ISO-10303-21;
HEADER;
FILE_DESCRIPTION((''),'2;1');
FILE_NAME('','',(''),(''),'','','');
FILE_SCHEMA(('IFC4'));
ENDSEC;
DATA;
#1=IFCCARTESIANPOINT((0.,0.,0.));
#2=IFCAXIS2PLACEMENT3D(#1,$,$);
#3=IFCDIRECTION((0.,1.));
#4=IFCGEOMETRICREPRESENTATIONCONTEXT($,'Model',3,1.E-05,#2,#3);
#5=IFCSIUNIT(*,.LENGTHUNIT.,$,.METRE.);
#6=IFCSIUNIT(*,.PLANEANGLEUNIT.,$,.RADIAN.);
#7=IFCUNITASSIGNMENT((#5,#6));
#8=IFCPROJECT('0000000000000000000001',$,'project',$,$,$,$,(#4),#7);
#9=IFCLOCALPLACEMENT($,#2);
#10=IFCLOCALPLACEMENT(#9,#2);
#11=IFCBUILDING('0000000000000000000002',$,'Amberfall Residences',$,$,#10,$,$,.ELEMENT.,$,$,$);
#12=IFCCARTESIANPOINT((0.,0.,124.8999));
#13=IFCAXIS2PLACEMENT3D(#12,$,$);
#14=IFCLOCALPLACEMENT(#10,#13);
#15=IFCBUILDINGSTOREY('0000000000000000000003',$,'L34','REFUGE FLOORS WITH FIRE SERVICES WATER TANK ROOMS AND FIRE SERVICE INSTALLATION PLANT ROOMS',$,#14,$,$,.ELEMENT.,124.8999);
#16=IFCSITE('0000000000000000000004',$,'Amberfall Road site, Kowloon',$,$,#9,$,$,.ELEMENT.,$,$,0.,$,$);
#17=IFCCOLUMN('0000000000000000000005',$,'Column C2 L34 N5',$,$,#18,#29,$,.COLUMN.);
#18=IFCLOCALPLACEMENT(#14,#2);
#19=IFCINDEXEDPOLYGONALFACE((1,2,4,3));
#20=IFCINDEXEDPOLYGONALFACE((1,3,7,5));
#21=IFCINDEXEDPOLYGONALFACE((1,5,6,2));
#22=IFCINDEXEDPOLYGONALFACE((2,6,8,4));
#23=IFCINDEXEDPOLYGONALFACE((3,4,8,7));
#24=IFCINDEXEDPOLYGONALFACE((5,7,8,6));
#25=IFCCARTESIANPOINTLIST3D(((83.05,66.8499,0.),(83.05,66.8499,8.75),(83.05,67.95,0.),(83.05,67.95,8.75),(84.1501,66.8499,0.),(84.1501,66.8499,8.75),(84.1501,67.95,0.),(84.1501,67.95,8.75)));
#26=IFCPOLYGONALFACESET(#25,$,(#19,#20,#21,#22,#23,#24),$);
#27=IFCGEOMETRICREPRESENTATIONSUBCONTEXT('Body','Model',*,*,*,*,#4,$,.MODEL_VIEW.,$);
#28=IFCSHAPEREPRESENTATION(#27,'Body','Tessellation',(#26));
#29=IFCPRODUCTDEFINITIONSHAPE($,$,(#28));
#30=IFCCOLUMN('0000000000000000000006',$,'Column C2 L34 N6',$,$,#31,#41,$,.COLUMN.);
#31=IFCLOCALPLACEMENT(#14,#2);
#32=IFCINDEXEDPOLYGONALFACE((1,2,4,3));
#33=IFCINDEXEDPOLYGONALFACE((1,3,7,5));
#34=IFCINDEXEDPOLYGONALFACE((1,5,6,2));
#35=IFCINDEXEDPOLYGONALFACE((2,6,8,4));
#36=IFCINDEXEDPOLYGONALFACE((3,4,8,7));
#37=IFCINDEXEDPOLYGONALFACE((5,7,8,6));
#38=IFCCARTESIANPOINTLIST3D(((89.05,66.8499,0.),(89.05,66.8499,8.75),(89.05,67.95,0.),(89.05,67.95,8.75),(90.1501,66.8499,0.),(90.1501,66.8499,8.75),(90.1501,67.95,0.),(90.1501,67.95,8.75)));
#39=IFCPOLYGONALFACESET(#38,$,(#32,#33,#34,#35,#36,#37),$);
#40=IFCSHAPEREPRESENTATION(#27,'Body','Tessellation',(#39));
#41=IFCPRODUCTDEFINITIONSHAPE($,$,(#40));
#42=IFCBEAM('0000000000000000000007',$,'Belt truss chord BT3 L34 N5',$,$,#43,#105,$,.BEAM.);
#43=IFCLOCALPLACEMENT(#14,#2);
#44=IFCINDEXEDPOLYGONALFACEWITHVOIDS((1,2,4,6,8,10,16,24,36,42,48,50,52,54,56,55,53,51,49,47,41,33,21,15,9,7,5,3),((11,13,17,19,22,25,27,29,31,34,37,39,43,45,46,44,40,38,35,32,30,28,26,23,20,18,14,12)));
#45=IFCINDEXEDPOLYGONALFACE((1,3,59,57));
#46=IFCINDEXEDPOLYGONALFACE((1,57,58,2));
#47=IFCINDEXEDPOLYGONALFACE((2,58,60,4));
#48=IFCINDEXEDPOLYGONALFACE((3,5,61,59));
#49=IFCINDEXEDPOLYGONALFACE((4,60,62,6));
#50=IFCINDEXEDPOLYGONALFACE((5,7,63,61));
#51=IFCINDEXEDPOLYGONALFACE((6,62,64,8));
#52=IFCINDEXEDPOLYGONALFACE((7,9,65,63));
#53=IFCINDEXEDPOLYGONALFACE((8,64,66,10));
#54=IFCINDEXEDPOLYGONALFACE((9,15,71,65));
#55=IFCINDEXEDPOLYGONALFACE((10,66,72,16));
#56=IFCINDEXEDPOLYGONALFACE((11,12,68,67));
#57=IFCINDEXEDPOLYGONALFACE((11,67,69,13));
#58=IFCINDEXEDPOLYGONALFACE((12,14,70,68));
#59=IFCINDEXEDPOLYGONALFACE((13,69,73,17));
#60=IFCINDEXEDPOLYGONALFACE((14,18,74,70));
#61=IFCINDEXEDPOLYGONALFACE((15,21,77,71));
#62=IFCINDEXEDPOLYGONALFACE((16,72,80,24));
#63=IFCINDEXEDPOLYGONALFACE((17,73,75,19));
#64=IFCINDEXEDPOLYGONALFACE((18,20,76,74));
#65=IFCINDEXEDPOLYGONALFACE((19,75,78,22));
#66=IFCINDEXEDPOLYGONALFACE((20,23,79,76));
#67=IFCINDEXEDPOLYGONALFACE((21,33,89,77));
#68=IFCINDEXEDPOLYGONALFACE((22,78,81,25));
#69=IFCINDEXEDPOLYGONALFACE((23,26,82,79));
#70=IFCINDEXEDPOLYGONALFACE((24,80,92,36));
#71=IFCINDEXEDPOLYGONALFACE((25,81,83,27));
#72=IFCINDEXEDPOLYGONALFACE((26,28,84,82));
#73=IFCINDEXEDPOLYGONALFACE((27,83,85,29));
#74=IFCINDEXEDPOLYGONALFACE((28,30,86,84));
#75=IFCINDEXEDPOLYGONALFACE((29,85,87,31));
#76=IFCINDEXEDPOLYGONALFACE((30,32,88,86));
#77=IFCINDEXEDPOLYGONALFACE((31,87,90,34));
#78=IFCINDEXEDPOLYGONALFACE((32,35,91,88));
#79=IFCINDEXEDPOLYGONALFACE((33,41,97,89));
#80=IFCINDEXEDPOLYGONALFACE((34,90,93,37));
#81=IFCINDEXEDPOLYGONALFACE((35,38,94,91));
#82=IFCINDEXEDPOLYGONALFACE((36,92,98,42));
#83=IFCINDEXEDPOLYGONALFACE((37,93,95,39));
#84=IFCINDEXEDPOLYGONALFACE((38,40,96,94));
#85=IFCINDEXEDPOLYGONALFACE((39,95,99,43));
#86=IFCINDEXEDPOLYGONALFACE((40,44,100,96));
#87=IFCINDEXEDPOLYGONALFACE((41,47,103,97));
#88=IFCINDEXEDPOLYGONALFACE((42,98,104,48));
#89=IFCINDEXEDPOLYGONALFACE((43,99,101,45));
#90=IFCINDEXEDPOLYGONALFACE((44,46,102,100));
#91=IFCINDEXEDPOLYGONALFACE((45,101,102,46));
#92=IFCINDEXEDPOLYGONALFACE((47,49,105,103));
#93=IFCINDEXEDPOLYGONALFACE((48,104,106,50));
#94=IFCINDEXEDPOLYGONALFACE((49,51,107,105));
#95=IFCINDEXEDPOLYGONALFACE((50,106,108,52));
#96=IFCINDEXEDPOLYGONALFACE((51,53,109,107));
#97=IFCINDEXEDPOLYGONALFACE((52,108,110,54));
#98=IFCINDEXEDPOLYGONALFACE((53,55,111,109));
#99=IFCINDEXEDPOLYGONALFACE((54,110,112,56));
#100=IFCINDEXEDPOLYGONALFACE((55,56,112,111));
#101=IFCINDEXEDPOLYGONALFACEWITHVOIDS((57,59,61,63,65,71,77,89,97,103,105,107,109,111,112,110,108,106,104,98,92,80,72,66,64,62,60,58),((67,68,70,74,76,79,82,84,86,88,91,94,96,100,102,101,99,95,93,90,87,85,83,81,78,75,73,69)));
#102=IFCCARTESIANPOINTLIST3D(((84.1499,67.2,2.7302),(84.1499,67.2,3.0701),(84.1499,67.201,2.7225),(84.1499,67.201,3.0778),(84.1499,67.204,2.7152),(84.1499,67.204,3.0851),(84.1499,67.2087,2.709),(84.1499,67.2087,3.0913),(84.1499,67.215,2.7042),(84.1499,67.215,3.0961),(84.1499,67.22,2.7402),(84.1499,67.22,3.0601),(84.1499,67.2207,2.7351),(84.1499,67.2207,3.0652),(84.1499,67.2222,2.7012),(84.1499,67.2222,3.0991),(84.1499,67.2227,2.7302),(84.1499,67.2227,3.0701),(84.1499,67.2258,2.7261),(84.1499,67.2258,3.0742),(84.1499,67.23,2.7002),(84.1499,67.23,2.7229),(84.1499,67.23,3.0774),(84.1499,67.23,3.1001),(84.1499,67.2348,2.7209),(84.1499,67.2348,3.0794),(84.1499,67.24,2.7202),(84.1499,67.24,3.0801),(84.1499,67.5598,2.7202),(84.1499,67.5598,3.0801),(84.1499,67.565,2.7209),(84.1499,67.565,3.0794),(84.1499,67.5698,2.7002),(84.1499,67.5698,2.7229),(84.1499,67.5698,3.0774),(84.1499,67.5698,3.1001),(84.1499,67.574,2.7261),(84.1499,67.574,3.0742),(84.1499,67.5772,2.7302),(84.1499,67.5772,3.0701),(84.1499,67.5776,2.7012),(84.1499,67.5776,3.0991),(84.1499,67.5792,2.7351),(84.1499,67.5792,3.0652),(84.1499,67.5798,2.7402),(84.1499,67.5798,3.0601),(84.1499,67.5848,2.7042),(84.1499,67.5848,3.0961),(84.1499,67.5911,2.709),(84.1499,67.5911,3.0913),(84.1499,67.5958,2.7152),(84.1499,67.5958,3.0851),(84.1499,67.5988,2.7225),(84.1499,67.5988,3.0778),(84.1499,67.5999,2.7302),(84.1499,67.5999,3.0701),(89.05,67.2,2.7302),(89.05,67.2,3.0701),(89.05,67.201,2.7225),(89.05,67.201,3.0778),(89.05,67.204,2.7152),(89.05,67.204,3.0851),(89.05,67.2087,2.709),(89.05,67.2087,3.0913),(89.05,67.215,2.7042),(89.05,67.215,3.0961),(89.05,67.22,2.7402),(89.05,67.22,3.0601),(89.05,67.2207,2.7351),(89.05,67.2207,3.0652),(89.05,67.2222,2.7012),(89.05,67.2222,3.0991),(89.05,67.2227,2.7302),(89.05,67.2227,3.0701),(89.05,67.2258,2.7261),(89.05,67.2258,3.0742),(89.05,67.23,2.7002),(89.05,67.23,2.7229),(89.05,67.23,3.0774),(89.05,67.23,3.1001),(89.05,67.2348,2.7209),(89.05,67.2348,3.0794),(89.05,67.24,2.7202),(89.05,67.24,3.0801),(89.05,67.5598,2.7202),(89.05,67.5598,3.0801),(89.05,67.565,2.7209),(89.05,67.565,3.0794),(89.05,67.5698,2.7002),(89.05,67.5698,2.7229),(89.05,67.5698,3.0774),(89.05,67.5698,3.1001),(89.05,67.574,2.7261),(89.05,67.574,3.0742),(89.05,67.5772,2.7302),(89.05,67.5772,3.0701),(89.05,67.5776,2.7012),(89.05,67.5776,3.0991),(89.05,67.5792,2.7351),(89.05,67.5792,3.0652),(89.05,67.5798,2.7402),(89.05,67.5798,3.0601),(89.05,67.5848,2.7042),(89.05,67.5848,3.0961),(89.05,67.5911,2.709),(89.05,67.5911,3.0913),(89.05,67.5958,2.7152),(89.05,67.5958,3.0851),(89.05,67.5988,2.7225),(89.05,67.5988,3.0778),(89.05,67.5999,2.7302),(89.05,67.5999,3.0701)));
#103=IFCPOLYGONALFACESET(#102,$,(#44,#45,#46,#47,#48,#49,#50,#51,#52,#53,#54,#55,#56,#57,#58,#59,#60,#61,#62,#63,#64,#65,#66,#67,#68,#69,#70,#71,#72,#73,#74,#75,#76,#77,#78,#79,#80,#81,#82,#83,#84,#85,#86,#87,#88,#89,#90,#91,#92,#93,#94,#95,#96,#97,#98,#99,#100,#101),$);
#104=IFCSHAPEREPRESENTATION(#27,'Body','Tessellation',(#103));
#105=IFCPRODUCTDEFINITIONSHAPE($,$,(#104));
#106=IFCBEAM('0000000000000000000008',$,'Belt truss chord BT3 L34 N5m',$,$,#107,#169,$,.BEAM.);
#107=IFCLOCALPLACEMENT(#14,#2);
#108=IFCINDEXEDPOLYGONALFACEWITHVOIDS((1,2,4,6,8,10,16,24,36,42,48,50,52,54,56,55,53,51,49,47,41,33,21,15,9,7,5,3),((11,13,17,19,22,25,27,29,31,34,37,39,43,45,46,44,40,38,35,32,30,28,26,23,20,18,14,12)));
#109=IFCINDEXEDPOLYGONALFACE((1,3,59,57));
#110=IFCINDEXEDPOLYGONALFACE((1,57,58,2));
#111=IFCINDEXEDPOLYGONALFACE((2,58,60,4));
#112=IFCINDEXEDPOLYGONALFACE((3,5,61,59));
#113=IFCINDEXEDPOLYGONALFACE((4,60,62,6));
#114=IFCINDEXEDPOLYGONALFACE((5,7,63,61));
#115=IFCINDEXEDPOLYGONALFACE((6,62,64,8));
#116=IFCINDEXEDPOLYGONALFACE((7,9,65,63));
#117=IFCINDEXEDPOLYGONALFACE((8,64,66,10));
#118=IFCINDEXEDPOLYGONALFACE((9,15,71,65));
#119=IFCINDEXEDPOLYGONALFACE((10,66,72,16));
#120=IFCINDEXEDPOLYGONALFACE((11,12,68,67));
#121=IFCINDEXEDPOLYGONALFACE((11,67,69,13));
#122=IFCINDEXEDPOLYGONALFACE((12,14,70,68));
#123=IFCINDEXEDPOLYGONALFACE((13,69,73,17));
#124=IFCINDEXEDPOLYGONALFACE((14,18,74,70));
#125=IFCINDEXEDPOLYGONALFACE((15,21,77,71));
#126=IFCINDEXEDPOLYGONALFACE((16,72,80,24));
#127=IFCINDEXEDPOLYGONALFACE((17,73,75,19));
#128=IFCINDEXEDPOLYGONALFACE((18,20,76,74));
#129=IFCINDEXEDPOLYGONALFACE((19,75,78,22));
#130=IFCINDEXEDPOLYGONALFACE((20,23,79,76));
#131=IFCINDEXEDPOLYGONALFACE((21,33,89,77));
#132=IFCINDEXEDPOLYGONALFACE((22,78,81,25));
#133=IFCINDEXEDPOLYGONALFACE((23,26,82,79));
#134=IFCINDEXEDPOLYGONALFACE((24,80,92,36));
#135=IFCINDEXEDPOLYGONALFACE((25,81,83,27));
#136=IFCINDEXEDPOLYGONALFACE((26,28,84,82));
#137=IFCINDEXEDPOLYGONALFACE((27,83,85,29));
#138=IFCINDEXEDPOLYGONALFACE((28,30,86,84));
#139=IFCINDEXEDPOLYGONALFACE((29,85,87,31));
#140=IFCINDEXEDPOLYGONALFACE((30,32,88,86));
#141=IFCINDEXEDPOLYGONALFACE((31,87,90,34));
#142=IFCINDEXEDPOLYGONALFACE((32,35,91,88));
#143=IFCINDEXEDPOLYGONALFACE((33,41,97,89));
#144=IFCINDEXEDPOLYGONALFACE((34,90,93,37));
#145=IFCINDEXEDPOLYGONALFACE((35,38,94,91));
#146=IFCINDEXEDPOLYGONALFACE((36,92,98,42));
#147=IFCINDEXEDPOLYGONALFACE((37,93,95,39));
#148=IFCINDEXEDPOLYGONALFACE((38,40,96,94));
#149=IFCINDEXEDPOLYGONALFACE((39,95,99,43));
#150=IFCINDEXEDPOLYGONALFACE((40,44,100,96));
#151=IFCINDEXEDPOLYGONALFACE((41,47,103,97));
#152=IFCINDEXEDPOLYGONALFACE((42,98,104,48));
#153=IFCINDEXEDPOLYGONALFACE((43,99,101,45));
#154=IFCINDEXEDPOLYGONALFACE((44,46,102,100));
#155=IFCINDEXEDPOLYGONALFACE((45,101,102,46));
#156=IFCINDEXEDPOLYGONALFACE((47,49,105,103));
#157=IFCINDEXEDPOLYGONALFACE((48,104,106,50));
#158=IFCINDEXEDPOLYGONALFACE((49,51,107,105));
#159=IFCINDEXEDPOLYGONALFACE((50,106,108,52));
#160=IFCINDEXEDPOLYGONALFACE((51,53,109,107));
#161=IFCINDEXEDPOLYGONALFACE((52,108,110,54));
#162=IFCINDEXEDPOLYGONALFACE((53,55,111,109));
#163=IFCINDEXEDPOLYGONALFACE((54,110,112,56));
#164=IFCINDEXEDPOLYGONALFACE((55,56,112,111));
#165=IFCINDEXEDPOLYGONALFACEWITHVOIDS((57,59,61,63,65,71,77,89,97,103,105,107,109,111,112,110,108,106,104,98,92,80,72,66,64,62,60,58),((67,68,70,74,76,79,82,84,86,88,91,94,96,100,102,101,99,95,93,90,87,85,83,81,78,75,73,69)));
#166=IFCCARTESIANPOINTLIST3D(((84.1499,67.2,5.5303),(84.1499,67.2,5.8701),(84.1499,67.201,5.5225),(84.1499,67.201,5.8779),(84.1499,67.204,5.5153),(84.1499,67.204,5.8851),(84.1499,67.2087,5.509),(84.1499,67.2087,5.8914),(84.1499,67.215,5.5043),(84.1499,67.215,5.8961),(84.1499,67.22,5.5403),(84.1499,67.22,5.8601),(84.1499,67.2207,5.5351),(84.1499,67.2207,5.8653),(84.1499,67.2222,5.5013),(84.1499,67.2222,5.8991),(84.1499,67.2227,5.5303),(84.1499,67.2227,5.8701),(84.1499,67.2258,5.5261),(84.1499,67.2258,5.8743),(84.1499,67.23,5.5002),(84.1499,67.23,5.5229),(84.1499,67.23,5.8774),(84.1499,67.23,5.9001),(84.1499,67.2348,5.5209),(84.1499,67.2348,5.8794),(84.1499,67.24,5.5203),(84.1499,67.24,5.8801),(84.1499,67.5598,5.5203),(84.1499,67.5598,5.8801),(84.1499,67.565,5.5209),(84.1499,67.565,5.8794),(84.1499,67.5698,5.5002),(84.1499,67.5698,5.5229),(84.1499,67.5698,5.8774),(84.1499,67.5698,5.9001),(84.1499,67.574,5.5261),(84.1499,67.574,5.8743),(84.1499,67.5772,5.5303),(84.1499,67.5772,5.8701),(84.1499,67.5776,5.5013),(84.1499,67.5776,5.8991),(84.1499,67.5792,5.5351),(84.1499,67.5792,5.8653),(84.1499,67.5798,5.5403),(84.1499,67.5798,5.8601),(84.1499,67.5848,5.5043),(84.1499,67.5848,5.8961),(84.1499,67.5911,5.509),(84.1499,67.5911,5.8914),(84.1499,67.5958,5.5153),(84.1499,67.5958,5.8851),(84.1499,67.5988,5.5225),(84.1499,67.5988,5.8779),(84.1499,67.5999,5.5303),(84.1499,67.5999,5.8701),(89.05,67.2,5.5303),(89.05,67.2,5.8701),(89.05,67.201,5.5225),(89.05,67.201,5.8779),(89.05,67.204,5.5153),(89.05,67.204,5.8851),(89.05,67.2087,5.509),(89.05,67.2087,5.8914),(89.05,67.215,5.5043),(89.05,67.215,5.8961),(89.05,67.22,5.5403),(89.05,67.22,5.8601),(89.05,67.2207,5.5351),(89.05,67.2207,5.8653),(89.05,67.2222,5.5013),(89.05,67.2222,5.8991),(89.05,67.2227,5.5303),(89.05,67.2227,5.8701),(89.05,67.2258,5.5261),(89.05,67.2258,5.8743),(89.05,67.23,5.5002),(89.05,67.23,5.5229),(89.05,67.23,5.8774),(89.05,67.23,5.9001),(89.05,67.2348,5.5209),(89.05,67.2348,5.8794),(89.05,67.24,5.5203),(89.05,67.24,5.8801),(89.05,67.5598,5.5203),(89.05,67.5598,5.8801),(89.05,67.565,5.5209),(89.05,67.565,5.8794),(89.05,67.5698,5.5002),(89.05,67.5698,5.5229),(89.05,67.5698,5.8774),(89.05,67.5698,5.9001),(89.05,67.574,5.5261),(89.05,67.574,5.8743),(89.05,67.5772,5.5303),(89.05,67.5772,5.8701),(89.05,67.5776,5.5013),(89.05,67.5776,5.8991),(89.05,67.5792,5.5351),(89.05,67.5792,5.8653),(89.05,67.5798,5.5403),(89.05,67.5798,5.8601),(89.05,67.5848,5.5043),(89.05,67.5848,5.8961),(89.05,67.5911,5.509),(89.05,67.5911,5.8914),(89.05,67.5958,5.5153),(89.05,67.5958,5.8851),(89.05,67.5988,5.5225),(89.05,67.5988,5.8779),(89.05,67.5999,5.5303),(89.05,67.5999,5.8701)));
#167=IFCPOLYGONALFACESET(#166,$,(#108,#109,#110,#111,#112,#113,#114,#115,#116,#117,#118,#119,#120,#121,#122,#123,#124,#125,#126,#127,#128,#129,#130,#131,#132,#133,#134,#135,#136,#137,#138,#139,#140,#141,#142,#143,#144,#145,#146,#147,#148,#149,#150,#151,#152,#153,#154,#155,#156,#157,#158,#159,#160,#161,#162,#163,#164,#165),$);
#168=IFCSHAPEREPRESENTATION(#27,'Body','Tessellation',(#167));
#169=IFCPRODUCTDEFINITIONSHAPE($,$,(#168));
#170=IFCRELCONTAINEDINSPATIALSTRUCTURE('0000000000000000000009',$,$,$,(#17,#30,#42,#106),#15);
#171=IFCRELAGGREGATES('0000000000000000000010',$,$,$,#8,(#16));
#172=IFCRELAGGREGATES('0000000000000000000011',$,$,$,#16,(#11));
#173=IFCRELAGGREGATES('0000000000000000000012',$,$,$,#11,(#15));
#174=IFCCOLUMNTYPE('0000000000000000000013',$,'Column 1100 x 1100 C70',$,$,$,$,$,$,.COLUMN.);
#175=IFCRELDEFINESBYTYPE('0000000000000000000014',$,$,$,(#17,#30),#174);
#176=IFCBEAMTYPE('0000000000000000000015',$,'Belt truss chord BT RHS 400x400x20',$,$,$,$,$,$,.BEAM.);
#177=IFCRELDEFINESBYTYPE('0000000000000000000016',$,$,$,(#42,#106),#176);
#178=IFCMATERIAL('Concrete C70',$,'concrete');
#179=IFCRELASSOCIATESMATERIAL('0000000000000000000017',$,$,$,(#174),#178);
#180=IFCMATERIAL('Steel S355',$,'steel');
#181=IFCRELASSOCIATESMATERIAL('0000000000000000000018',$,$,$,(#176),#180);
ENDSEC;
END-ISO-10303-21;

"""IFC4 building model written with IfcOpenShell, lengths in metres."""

from ifc_helpers import new_model, si_unit, direction, frame, origin, origin_2d, place, context, subcontext, project, spatial, rectangle, hollow_rectangle, extrude, material, material_profile, profile_set, type_object, element, save


model = new_model("IFC4")

# Units and contexts
model_context = context("Model", 3, precision=1e-05, world=origin(), true_north=direction((0.0, 1.0)))
body_context = subcontext(model_context, "Body", "Model", "MODEL_VIEW")
ifc_project = project(units=[si_unit("LENGTHUNIT", "METRE"), si_unit("PLANEANGLEUNIT", "RADIAN")], contexts=[model_context])

# Site, building, storey
site_placement = place(None, origin())
site = spatial("IfcSite", under=ifc_project, at=site_placement, Name="Amberfall Road site, Kowloon", CompositionType="ELEMENT", RefElevation=0.0)
building_placement = place(site_placement, origin())
building = spatial("IfcBuilding", under=site, at=building_placement, Name="Amberfall Residences", CompositionType="ELEMENT")
storey_placement = place(building_placement, frame((0.0, 0.0, 124.8999)))
storey = spatial("IfcBuildingStorey", under=building, at=storey_placement, Name="L34", Description="REFUGE FLOORS WITH FIRE SERVICES WATER TANK ROOMS AND FIRE SERVICE INSTALLATION PLANT ROOMS", CompositionType="ELEMENT", Elevation=124.8999)

# Columns
ifc_material_1 = material(Name="Concrete C70", Category="concrete")
ifc_material_profile_1 = material_profile(ifc_material_1, rectangle(XDim=1.1001, YDim=1.1001, at=origin_2d()), Name="Column 1100 x 1100 C70")
ifc_profile_set_1 = profile_set([ifc_material_profile_1], Name="Concrete C70")
column_type = type_object("IfcColumnType", Name="Column 1100 x 1100 C70", PredefinedType="COLUMN", material=ifc_profile_set_1)
for number, where, z_axis, x_axis, name in (
    (1, (83.6001, 67.3999, 0.0), (0.0, 0.0, 1.0), (1.0, 0.0, 0.0), "Column C2 L34 N5"),
    (2, (89.6001, 67.3999, 0.0), (0.0, 0.0, 1.0), (1.0, 0.0, 0.0), "Column C2 L34 N6"),
):
    element("IfcColumn", number, at=place(storey_placement, frame(where, z_axis=z_axis, x_axis=x_axis)), inside=storey, type_object=column_type, Name=name, PredefinedType="COLUMN", context=body_context, shape_type="SweptSolid", body=[
        extrude(rectangle(XDim=1.1001, YDim=1.1001, at=origin_2d()), origin(), (0.0, 0.0, 1.0), 8.75),
    ])

# Beams
ifc_material_2 = material(Name="Steel S355", Category="steel")
ifc_material_profile_2 = material_profile(ifc_material_2, hollow_rectangle(XDim=0.3999, YDim=0.3999, WallThickness=0.02, InnerFilletRadius=0.02, OuterFilletRadius=0.03, at=origin_2d()), Name="RHS 400x400x20")
ifc_profile_set_2 = profile_set([ifc_material_profile_2], Name="Steel S355")
beam_type_1 = type_object("IfcBeamType", Name="Belt truss chord BT RHS 400x400x20", PredefinedType="BEAM", material=ifc_profile_set_2)
for number, where, z_axis, x_axis, name in (
    (3, (84.1499, 67.3999, 2.9001), (1.0, 0.0, 0.0), (0.0, 1.0, 0.0), "Belt truss chord BT3 L34 N5"),
    (4, (84.1499, 67.3999, 5.7002), (1.0, 0.0, 0.0), (0.0, 1.0, 0.0), "Belt truss chord BT3 L34 N5m"),
):
    element("IfcBeam", number, at=place(storey_placement, frame(where, z_axis=z_axis, x_axis=x_axis)), inside=storey, type_object=beam_type_1, Name=name, PredefinedType="BEAM", context=body_context, shape_type="SweptSolid", body=[
        extrude(hollow_rectangle(XDim=0.3999, YDim=0.3999, WallThickness=0.02, InnerFilletRadius=0.02, OuterFilletRadius=0.03, at=origin_2d()), origin(), (0.0, 0.0, 1.0), 4.9001),
    ])

save(model, "model.ifc")
